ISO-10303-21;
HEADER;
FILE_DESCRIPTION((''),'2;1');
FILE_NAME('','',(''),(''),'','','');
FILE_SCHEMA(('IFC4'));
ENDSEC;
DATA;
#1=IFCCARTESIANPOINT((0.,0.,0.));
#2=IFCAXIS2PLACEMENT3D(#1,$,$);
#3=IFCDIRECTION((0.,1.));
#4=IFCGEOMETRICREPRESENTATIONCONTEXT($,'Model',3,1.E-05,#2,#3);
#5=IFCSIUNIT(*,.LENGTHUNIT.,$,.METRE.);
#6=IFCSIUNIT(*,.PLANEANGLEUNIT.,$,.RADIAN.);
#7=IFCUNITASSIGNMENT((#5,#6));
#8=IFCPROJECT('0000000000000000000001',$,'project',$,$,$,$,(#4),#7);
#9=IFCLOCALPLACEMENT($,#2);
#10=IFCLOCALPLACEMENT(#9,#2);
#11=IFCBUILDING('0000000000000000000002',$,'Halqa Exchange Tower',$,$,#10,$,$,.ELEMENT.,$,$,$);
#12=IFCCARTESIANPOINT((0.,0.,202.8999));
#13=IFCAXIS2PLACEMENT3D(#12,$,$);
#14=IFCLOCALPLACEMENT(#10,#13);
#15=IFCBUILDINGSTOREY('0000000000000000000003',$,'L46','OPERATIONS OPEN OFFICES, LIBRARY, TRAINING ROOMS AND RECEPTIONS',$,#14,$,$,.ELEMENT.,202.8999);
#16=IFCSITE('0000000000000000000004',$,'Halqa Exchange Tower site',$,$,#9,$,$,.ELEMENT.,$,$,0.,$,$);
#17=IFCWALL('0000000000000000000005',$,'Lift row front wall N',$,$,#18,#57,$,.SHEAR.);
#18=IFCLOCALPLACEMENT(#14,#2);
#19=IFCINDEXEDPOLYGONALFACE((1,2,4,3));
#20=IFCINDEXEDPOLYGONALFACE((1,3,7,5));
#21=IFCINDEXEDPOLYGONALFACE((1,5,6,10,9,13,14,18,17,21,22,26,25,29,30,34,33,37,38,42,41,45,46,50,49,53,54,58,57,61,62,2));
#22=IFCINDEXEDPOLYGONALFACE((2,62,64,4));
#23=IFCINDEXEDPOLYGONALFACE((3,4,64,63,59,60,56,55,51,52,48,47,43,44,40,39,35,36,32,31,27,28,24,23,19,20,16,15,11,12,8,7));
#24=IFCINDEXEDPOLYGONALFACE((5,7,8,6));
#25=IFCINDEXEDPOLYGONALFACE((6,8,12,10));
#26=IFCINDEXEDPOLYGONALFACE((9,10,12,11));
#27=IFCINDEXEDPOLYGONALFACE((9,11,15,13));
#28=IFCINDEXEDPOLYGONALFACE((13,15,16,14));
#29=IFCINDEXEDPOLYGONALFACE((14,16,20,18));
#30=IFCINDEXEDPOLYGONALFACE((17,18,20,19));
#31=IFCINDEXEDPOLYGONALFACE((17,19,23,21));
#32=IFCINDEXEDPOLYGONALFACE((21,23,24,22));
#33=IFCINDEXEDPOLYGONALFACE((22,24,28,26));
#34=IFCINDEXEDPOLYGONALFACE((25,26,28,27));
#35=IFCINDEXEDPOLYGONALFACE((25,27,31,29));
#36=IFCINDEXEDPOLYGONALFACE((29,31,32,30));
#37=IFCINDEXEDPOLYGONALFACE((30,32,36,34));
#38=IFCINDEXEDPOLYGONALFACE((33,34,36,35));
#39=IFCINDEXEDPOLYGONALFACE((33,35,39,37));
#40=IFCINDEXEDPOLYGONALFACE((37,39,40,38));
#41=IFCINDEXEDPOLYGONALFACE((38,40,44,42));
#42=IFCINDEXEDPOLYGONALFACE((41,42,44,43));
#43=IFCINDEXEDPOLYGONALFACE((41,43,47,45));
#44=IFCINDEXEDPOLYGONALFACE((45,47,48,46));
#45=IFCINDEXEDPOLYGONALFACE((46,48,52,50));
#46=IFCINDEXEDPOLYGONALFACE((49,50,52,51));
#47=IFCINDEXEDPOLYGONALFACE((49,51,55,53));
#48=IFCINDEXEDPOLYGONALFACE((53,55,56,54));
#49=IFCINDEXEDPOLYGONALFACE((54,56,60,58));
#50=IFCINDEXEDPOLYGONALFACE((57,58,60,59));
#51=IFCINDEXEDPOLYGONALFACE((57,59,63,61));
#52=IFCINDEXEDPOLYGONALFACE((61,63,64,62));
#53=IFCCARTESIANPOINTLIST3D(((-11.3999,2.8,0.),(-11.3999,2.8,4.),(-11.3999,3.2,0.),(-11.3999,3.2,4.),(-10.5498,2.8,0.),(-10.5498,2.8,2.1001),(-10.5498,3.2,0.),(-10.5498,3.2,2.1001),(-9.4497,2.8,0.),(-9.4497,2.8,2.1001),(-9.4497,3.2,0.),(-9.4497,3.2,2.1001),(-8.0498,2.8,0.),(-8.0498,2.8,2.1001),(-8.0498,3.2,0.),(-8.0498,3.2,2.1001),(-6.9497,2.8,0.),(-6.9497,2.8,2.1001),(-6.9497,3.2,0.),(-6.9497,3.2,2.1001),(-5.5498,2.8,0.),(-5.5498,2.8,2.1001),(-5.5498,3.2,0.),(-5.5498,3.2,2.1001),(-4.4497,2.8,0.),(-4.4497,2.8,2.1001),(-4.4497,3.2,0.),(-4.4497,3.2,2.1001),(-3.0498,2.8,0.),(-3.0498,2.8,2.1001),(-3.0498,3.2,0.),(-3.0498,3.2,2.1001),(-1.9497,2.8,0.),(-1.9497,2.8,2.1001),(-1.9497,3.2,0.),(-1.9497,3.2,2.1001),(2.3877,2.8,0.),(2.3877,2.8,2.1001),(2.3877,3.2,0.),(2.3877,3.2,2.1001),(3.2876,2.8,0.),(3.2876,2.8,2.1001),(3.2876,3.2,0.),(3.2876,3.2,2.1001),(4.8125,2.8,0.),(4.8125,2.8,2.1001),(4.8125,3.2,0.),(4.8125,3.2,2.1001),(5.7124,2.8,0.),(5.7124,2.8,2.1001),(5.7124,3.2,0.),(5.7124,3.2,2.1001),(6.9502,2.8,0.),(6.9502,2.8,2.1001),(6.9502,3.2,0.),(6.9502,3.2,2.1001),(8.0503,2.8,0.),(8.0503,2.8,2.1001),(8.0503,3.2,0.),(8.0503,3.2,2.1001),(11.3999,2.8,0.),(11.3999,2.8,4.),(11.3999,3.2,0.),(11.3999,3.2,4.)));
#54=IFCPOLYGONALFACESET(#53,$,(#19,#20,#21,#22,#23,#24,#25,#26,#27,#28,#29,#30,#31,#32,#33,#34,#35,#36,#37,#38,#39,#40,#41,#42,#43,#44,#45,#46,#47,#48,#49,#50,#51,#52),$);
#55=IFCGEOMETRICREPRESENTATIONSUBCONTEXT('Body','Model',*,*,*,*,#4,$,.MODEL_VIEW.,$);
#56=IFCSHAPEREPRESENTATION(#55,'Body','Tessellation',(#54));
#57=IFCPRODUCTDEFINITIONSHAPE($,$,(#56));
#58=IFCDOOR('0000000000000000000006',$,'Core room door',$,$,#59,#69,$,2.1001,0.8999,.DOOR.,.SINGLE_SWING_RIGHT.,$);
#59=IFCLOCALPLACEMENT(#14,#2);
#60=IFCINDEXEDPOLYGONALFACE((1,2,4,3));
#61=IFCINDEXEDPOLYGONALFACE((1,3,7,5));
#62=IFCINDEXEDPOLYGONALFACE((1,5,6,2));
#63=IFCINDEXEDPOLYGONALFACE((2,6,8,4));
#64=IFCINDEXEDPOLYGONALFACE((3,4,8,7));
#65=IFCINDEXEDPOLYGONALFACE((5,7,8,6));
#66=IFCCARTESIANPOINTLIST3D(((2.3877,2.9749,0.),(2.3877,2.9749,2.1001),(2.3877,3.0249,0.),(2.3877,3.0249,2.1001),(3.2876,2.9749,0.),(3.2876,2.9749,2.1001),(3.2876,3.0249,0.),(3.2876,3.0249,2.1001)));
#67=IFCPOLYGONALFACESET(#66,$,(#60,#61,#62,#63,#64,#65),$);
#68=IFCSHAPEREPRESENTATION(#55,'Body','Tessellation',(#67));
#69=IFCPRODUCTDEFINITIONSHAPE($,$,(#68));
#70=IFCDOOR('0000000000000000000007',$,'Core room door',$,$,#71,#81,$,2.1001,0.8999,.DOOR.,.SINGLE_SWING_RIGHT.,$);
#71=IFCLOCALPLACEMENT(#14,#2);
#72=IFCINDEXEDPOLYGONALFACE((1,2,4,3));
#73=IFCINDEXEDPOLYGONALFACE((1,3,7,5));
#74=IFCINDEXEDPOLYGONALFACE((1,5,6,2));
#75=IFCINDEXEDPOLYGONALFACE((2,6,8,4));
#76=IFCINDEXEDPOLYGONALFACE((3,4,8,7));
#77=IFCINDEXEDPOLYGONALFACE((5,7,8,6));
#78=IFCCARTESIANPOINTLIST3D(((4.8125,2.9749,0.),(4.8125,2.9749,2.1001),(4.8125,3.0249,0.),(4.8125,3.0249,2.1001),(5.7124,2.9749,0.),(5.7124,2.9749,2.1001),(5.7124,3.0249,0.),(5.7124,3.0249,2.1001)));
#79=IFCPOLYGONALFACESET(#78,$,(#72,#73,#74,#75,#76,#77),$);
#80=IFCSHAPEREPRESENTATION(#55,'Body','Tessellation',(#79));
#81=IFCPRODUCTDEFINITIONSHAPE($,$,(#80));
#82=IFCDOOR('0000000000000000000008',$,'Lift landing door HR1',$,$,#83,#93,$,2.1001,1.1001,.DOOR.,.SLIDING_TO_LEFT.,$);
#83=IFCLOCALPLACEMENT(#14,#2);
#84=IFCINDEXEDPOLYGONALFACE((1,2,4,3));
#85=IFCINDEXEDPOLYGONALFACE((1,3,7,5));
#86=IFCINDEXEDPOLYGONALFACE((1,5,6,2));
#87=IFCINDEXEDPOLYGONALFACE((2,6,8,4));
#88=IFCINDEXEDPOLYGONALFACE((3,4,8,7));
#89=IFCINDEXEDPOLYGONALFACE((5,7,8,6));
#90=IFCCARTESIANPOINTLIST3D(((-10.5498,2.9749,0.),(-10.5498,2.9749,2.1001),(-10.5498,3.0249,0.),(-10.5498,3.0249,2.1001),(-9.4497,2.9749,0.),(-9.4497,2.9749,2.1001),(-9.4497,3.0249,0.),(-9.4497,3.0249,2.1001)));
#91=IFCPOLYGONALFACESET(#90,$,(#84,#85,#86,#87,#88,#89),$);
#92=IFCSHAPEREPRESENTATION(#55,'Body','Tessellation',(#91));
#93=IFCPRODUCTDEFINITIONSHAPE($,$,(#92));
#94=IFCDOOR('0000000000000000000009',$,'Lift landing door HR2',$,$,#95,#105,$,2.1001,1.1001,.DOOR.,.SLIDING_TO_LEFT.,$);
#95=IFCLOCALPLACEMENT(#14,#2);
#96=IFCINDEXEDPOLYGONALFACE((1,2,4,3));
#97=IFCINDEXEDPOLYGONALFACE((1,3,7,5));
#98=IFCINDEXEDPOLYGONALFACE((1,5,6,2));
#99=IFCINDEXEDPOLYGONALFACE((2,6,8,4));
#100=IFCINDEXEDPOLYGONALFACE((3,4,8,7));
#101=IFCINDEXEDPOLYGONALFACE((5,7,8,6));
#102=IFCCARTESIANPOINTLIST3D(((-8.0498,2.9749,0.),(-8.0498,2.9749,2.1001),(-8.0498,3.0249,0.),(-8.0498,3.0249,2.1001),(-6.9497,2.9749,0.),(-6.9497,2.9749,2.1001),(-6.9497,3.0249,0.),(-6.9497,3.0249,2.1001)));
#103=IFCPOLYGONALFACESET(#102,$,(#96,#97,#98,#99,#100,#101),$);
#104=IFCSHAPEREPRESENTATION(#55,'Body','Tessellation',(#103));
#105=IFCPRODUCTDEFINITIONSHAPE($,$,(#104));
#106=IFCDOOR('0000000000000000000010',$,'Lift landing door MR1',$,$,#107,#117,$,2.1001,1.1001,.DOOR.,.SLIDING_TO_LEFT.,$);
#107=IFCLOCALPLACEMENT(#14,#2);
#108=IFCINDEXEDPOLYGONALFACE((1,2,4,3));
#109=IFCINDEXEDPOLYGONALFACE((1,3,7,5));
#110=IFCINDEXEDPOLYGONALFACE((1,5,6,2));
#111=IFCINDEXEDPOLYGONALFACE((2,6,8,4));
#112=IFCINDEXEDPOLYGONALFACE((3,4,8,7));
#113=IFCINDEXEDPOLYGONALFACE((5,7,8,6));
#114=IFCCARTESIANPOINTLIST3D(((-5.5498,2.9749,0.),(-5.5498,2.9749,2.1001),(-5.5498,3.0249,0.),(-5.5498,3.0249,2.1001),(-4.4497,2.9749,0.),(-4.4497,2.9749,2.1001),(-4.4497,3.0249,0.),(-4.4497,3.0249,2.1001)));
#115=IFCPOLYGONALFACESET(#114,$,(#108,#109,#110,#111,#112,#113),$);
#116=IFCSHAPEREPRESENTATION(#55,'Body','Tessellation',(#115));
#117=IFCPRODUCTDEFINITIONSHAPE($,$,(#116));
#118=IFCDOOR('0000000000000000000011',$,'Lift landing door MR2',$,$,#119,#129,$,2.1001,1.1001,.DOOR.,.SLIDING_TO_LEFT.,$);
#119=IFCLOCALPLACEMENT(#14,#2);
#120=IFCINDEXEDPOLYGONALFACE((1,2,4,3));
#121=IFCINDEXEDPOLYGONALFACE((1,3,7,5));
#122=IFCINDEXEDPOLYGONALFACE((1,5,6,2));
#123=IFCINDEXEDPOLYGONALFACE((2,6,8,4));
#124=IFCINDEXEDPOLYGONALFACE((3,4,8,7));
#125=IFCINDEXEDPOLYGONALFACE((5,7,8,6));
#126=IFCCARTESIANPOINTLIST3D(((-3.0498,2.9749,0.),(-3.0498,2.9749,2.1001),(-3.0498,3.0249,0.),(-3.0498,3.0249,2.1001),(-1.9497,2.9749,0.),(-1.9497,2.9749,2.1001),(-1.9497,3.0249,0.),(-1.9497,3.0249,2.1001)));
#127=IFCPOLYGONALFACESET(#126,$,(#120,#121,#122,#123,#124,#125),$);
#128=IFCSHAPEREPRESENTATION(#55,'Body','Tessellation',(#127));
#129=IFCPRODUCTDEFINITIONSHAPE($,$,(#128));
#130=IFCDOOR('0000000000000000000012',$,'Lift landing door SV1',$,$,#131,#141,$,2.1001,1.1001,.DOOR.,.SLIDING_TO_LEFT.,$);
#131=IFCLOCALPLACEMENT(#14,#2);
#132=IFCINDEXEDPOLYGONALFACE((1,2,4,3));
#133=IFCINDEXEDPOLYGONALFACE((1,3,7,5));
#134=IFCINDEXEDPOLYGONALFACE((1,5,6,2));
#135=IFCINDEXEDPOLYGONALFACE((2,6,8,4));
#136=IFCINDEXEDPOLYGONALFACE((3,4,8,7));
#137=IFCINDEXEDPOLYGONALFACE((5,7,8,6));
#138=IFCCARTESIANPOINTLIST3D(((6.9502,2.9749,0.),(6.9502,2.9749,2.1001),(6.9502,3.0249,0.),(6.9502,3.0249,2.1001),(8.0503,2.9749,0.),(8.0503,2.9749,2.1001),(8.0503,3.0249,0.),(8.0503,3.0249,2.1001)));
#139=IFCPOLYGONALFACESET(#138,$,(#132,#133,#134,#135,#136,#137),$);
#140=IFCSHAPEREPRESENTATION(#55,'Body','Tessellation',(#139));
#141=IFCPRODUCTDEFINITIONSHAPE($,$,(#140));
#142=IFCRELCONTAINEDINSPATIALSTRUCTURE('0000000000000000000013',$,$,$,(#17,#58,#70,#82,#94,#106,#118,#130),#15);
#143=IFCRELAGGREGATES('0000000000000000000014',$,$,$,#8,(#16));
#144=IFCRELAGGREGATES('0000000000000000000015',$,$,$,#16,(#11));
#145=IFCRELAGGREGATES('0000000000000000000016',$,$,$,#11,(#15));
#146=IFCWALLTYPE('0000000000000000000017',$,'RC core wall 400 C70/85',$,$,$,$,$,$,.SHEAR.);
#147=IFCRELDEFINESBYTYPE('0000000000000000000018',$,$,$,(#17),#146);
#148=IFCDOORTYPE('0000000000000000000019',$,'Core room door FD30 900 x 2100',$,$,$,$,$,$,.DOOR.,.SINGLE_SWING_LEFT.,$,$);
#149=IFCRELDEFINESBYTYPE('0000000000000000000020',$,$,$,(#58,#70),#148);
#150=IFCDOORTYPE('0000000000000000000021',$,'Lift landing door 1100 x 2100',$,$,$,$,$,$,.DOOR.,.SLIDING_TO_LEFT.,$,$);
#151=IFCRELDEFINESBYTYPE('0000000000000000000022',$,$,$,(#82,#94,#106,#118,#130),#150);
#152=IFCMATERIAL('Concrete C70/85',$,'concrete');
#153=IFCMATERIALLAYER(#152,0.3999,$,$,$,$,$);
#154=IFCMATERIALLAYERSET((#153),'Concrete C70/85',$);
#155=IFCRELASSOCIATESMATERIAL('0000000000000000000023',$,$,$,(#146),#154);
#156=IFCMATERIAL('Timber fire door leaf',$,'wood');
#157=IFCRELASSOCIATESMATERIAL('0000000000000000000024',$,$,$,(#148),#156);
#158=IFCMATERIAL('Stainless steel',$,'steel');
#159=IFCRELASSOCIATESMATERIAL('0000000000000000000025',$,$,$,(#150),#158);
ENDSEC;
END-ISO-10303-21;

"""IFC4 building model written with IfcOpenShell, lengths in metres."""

from ifc_helpers import new_model, si_unit, direction, frame, frame_2d, origin, place, context, subcontext, project, spatial, rectangle, extrude, material, layer, layer_set, type_object, element, fill, save


model = new_model("IFC4")

# Units and contexts
model_context = context("Model", 3, precision=1e-05, world=origin(), true_north=direction((0.0, 1.0)))
body_context = subcontext(model_context, "Body", "Model", "MODEL_VIEW")
ifc_project = project(units=[si_unit("LENGTHUNIT", "METRE"), si_unit("PLANEANGLEUNIT", "RADIAN")], contexts=[model_context])

# Site, building, storey
site_placement = place(None, origin())
site = spatial("IfcSite", under=ifc_project, at=site_placement, Name="Halqa Exchange Tower site", CompositionType="ELEMENT", RefElevation=0.0)
building_placement = place(site_placement, origin())
building = spatial("IfcBuilding", under=site, at=building_placement, Name="Halqa Exchange Tower", CompositionType="ELEMENT")
storey_placement = place(building_placement, frame((0.0, 0.0, 202.8999)))
storey = spatial("IfcBuildingStorey", under=building, at=storey_placement, Name="L46", Description="OPERATIONS OPEN OFFICES, LIBRARY, TRAINING ROOMS AND RECEPTIONS", CompositionType="ELEMENT", Elevation=202.8999)

# Wall, openings, doors
ifc_material_1 = material(Name="Concrete C70/85", Category="concrete")
ifc_layer_1 = layer(ifc_material_1, 0.3999)
ifc_layer_set_1 = layer_set([ifc_layer_1], Name="Concrete C70/85")
wall_type_1 = type_object("IfcWallType", Name="RC core wall 400 C70/85", PredefinedType="SHEAR", material=ifc_layer_set_1)
wall_1_placement = place(storey_placement, frame((-11.3999, 3.0, 0.0), z_axis=(0.0, 0.0, 1.0), x_axis=(1.0, 0.0, 0.0)))
wall_1 = element("IfcWall", 1, at=wall_1_placement, inside=storey, type_object=wall_type_1, Name="Lift row front wall N", PredefinedType="SHEAR", context=body_context, shape_type="SweptSolid", body=[
    extrude(rectangle(XDim=22.7998, YDim=0.3999, at=frame_2d((11.3999, 0.0))), origin(), (0.0, 0.0, 1.0), 4.0),
])
opening_1_placement = place(wall_1_placement, frame((0.8501, 0.0, 0.0)))
opening_1 = element("IfcOpeningElement", 2, at=opening_1_placement, cuts=wall_1, PredefinedType="OPENING", context=body_context, shape_type="SweptSolid", body=[
    extrude(rectangle(XDim=1.1001, YDim=2.1001, at=frame_2d((0.55, 1.05))), frame((0.0, 0.2119, 0.0), z_axis=(0.0, -1.0, 0.0), x_axis=(1.0, 0.0, 0.0)), (0.0, 0.0, 1.0), 0.4238),
])
opening_2_placement = place(wall_1_placement, frame((3.3501, 0.0, 0.0)))
opening_2 = element("IfcOpeningElement", 3, at=opening_2_placement, cuts=wall_1, PredefinedType="OPENING", context=body_context, shape_type="SweptSolid", body=[
    extrude(rectangle(XDim=1.1001, YDim=2.1001, at=frame_2d((0.55, 1.05))), frame((0.0, 0.2119, 0.0), z_axis=(0.0, -1.0, 0.0), x_axis=(1.0, 0.0, 0.0)), (0.0, 0.0, 1.0), 0.4238),
])
opening_3_placement = place(wall_1_placement, frame((5.8501, 0.0, 0.0)))
opening_3 = element("IfcOpeningElement", 4, at=opening_3_placement, cuts=wall_1, PredefinedType="OPENING", context=body_context, shape_type="SweptSolid", body=[
    extrude(rectangle(XDim=1.1001, YDim=2.1001, at=frame_2d((0.55, 1.05))), frame((0.0, 0.2119, 0.0), z_axis=(0.0, -1.0, 0.0), x_axis=(1.0, 0.0, 0.0)), (0.0, 0.0, 1.0), 0.4238),
])
opening_4_placement = place(wall_1_placement, frame((8.3501, 0.0, 0.0)))
opening_4 = element("IfcOpeningElement", 5, at=opening_4_placement, cuts=wall_1, PredefinedType="OPENING", context=body_context, shape_type="SweptSolid", body=[
    extrude(rectangle(XDim=1.1001, YDim=2.1001, at=frame_2d((0.55, 1.05))), frame((0.0, 0.2119, 0.0), z_axis=(0.0, -1.0, 0.0), x_axis=(1.0, 0.0, 0.0)), (0.0, 0.0, 1.0), 0.4238),
])
opening_5_placement = place(wall_1_placement, frame((18.3501, 0.0, 0.0)))
opening_5 = element("IfcOpeningElement", 6, at=opening_5_placement, cuts=wall_1, PredefinedType="OPENING", context=body_context, shape_type="SweptSolid", body=[
    extrude(rectangle(XDim=1.1001, YDim=2.1001, at=frame_2d((0.55, 1.05))), frame((0.0, 0.2119, 0.0), z_axis=(0.0, -1.0, 0.0), x_axis=(1.0, 0.0, 0.0)), (0.0, 0.0, 1.0), 0.4238),
])
opening_6_placement = place(wall_1_placement, frame((13.7876, 0.0, 0.0)))
opening_6 = element("IfcOpeningElement", 7, at=opening_6_placement, cuts=wall_1, PredefinedType="OPENING", context=body_context, shape_type="SweptSolid", body=[
    extrude(rectangle(XDim=0.8999, YDim=2.1001, at=frame_2d((0.45, 1.05))), frame((0.0, 0.2119, 0.0), z_axis=(0.0, -1.0, 0.0), x_axis=(1.0, 0.0, 0.0)), (0.0, 0.0, 1.0), 0.4238),
])
opening_7_placement = place(wall_1_placement, frame((16.2124, 0.0, 0.0)))
opening_7 = element("IfcOpeningElement", 8, at=opening_7_placement, cuts=wall_1, PredefinedType="OPENING", context=body_context, shape_type="SweptSolid", body=[
    extrude(rectangle(XDim=0.8999, YDim=2.1001, at=frame_2d((0.45, 1.05))), frame((0.0, 0.2119, 0.0), z_axis=(0.0, -1.0, 0.0), x_axis=(1.0, 0.0, 0.0)), (0.0, 0.0, 1.0), 0.4238),
])
ifc_material_2 = material(Name="Timber fire door leaf", Category="wood")
door_type_1 = type_object("IfcDoorType", Name="Core room door FD30 900 x 2100", OperationType="SINGLE_SWING_LEFT", PredefinedType="DOOR", material=ifc_material_2)
door_1_placement = place(opening_6_placement, origin())
door_1 = element("IfcDoor", 9, at=door_1_placement, inside=storey, type_object=door_type_1, Name="Core room door", OperationType="SINGLE_SWING_RIGHT", OverallHeight=2.1001, OverallWidth=0.8999, PredefinedType="DOOR", context=body_context, shape_type="SweptSolid", body=[
    extrude(rectangle(XDim=0.8999, YDim=2.1001, at=frame_2d((0.45, 1.05))), frame((0.0, 0.0249, 0.0), z_axis=(0.0, -1.0, 0.0), x_axis=(1.0, 0.0, 0.0)), (0.0, 0.0, 1.0), 0.05),
])
fill(opening_6, door_1)
door_2_placement = place(opening_7_placement, origin())
door_2 = element("IfcDoor", 10, at=door_2_placement, inside=storey, type_object=door_type_1, Name="Core room door", OperationType="SINGLE_SWING_RIGHT", OverallHeight=2.1001, OverallWidth=0.8999, PredefinedType="DOOR", context=body_context, shape_type="SweptSolid", body=[
    extrude(rectangle(XDim=0.8999, YDim=2.1001, at=frame_2d((0.45, 1.05))), frame((0.0, 0.0249, 0.0), z_axis=(0.0, -1.0, 0.0), x_axis=(1.0, 0.0, 0.0)), (0.0, 0.0, 1.0), 0.05),
])
fill(opening_7, door_2)
ifc_material_3 = material(Name="Stainless steel", Category="steel")
door_type_2 = type_object("IfcDoorType", Name="Lift landing door 1100 x 2100", OperationType="SLIDING_TO_LEFT", PredefinedType="DOOR", material=ifc_material_3)
door_3_placement = place(opening_1_placement, origin())
door_3 = element("IfcDoor", 11, at=door_3_placement, inside=storey, type_object=door_type_2, Name="Lift landing door HR1", OperationType="SLIDING_TO_LEFT", OverallHeight=2.1001, OverallWidth=1.1001, PredefinedType="DOOR", context=body_context, shape_type="SweptSolid", body=[
    extrude(rectangle(XDim=1.1001, YDim=2.1001, at=frame_2d((0.55, 1.05))), frame((0.0, 0.0249, 0.0), z_axis=(0.0, -1.0, 0.0), x_axis=(1.0, 0.0, 0.0)), (0.0, 0.0, 1.0), 0.05),
])
fill(opening_1, door_3)
door_4_placement = place(opening_2_placement, origin())
door_4 = element("IfcDoor", 12, at=door_4_placement, inside=storey, type_object=door_type_2, Name="Lift landing door HR2", OperationType="SLIDING_TO_LEFT", OverallHeight=2.1001, OverallWidth=1.1001, PredefinedType="DOOR", context=body_context, shape_type="SweptSolid", body=[
    extrude(rectangle(XDim=1.1001, YDim=2.1001, at=frame_2d((0.55, 1.05))), frame((0.0, 0.0249, 0.0), z_axis=(0.0, -1.0, 0.0), x_axis=(1.0, 0.0, 0.0)), (0.0, 0.0, 1.0), 0.05),
])
fill(opening_2, door_4)
door_5_placement = place(opening_3_placement, origin())
door_5 = element("IfcDoor", 13, at=door_5_placement, inside=storey, type_object=door_type_2, Name="Lift landing door MR1", OperationType="SLIDING_TO_LEFT", OverallHeight=2.1001, OverallWidth=1.1001, PredefinedType="DOOR", context=body_context, shape_type="SweptSolid", body=[
    extrude(rectangle(XDim=1.1001, YDim=2.1001, at=frame_2d((0.55, 1.05))), frame((0.0, 0.0249, 0.0), z_axis=(0.0, -1.0, 0.0), x_axis=(1.0, 0.0, 0.0)), (0.0, 0.0, 1.0), 0.05),
])
fill(opening_3, door_5)
door_6_placement = place(opening_4_placement, origin())
door_6 = element("IfcDoor", 14, at=door_6_placement, inside=storey, type_object=door_type_2, Name="Lift landing door MR2", OperationType="SLIDING_TO_LEFT", OverallHeight=2.1001, OverallWidth=1.1001, PredefinedType="DOOR", context=body_context, shape_type="SweptSolid", body=[
    extrude(rectangle(XDim=1.1001, YDim=2.1001, at=frame_2d((0.55, 1.05))), frame((0.0, 0.0249, 0.0), z_axis=(0.0, -1.0, 0.0), x_axis=(1.0, 0.0, 0.0)), (0.0, 0.0, 1.0), 0.05),
])
fill(opening_4, door_6)
door_7_placement = place(opening_5_placement, origin())
door_7 = element("IfcDoor", 15, at=door_7_placement, inside=storey, type_object=door_type_2, Name="Lift landing door SV1", OperationType="SLIDING_TO_LEFT", OverallHeight=2.1001, OverallWidth=1.1001, PredefinedType="DOOR", context=body_context, shape_type="SweptSolid", body=[
    extrude(rectangle(XDim=1.1001, YDim=2.1001, at=frame_2d((0.55, 1.05))), frame((0.0, 0.0249, 0.0), z_axis=(0.0, -1.0, 0.0), x_axis=(1.0, 0.0, 0.0)), (0.0, 0.0, 1.0), 0.05),
])
fill(opening_5, door_7)

save(model, "model.ifc")
